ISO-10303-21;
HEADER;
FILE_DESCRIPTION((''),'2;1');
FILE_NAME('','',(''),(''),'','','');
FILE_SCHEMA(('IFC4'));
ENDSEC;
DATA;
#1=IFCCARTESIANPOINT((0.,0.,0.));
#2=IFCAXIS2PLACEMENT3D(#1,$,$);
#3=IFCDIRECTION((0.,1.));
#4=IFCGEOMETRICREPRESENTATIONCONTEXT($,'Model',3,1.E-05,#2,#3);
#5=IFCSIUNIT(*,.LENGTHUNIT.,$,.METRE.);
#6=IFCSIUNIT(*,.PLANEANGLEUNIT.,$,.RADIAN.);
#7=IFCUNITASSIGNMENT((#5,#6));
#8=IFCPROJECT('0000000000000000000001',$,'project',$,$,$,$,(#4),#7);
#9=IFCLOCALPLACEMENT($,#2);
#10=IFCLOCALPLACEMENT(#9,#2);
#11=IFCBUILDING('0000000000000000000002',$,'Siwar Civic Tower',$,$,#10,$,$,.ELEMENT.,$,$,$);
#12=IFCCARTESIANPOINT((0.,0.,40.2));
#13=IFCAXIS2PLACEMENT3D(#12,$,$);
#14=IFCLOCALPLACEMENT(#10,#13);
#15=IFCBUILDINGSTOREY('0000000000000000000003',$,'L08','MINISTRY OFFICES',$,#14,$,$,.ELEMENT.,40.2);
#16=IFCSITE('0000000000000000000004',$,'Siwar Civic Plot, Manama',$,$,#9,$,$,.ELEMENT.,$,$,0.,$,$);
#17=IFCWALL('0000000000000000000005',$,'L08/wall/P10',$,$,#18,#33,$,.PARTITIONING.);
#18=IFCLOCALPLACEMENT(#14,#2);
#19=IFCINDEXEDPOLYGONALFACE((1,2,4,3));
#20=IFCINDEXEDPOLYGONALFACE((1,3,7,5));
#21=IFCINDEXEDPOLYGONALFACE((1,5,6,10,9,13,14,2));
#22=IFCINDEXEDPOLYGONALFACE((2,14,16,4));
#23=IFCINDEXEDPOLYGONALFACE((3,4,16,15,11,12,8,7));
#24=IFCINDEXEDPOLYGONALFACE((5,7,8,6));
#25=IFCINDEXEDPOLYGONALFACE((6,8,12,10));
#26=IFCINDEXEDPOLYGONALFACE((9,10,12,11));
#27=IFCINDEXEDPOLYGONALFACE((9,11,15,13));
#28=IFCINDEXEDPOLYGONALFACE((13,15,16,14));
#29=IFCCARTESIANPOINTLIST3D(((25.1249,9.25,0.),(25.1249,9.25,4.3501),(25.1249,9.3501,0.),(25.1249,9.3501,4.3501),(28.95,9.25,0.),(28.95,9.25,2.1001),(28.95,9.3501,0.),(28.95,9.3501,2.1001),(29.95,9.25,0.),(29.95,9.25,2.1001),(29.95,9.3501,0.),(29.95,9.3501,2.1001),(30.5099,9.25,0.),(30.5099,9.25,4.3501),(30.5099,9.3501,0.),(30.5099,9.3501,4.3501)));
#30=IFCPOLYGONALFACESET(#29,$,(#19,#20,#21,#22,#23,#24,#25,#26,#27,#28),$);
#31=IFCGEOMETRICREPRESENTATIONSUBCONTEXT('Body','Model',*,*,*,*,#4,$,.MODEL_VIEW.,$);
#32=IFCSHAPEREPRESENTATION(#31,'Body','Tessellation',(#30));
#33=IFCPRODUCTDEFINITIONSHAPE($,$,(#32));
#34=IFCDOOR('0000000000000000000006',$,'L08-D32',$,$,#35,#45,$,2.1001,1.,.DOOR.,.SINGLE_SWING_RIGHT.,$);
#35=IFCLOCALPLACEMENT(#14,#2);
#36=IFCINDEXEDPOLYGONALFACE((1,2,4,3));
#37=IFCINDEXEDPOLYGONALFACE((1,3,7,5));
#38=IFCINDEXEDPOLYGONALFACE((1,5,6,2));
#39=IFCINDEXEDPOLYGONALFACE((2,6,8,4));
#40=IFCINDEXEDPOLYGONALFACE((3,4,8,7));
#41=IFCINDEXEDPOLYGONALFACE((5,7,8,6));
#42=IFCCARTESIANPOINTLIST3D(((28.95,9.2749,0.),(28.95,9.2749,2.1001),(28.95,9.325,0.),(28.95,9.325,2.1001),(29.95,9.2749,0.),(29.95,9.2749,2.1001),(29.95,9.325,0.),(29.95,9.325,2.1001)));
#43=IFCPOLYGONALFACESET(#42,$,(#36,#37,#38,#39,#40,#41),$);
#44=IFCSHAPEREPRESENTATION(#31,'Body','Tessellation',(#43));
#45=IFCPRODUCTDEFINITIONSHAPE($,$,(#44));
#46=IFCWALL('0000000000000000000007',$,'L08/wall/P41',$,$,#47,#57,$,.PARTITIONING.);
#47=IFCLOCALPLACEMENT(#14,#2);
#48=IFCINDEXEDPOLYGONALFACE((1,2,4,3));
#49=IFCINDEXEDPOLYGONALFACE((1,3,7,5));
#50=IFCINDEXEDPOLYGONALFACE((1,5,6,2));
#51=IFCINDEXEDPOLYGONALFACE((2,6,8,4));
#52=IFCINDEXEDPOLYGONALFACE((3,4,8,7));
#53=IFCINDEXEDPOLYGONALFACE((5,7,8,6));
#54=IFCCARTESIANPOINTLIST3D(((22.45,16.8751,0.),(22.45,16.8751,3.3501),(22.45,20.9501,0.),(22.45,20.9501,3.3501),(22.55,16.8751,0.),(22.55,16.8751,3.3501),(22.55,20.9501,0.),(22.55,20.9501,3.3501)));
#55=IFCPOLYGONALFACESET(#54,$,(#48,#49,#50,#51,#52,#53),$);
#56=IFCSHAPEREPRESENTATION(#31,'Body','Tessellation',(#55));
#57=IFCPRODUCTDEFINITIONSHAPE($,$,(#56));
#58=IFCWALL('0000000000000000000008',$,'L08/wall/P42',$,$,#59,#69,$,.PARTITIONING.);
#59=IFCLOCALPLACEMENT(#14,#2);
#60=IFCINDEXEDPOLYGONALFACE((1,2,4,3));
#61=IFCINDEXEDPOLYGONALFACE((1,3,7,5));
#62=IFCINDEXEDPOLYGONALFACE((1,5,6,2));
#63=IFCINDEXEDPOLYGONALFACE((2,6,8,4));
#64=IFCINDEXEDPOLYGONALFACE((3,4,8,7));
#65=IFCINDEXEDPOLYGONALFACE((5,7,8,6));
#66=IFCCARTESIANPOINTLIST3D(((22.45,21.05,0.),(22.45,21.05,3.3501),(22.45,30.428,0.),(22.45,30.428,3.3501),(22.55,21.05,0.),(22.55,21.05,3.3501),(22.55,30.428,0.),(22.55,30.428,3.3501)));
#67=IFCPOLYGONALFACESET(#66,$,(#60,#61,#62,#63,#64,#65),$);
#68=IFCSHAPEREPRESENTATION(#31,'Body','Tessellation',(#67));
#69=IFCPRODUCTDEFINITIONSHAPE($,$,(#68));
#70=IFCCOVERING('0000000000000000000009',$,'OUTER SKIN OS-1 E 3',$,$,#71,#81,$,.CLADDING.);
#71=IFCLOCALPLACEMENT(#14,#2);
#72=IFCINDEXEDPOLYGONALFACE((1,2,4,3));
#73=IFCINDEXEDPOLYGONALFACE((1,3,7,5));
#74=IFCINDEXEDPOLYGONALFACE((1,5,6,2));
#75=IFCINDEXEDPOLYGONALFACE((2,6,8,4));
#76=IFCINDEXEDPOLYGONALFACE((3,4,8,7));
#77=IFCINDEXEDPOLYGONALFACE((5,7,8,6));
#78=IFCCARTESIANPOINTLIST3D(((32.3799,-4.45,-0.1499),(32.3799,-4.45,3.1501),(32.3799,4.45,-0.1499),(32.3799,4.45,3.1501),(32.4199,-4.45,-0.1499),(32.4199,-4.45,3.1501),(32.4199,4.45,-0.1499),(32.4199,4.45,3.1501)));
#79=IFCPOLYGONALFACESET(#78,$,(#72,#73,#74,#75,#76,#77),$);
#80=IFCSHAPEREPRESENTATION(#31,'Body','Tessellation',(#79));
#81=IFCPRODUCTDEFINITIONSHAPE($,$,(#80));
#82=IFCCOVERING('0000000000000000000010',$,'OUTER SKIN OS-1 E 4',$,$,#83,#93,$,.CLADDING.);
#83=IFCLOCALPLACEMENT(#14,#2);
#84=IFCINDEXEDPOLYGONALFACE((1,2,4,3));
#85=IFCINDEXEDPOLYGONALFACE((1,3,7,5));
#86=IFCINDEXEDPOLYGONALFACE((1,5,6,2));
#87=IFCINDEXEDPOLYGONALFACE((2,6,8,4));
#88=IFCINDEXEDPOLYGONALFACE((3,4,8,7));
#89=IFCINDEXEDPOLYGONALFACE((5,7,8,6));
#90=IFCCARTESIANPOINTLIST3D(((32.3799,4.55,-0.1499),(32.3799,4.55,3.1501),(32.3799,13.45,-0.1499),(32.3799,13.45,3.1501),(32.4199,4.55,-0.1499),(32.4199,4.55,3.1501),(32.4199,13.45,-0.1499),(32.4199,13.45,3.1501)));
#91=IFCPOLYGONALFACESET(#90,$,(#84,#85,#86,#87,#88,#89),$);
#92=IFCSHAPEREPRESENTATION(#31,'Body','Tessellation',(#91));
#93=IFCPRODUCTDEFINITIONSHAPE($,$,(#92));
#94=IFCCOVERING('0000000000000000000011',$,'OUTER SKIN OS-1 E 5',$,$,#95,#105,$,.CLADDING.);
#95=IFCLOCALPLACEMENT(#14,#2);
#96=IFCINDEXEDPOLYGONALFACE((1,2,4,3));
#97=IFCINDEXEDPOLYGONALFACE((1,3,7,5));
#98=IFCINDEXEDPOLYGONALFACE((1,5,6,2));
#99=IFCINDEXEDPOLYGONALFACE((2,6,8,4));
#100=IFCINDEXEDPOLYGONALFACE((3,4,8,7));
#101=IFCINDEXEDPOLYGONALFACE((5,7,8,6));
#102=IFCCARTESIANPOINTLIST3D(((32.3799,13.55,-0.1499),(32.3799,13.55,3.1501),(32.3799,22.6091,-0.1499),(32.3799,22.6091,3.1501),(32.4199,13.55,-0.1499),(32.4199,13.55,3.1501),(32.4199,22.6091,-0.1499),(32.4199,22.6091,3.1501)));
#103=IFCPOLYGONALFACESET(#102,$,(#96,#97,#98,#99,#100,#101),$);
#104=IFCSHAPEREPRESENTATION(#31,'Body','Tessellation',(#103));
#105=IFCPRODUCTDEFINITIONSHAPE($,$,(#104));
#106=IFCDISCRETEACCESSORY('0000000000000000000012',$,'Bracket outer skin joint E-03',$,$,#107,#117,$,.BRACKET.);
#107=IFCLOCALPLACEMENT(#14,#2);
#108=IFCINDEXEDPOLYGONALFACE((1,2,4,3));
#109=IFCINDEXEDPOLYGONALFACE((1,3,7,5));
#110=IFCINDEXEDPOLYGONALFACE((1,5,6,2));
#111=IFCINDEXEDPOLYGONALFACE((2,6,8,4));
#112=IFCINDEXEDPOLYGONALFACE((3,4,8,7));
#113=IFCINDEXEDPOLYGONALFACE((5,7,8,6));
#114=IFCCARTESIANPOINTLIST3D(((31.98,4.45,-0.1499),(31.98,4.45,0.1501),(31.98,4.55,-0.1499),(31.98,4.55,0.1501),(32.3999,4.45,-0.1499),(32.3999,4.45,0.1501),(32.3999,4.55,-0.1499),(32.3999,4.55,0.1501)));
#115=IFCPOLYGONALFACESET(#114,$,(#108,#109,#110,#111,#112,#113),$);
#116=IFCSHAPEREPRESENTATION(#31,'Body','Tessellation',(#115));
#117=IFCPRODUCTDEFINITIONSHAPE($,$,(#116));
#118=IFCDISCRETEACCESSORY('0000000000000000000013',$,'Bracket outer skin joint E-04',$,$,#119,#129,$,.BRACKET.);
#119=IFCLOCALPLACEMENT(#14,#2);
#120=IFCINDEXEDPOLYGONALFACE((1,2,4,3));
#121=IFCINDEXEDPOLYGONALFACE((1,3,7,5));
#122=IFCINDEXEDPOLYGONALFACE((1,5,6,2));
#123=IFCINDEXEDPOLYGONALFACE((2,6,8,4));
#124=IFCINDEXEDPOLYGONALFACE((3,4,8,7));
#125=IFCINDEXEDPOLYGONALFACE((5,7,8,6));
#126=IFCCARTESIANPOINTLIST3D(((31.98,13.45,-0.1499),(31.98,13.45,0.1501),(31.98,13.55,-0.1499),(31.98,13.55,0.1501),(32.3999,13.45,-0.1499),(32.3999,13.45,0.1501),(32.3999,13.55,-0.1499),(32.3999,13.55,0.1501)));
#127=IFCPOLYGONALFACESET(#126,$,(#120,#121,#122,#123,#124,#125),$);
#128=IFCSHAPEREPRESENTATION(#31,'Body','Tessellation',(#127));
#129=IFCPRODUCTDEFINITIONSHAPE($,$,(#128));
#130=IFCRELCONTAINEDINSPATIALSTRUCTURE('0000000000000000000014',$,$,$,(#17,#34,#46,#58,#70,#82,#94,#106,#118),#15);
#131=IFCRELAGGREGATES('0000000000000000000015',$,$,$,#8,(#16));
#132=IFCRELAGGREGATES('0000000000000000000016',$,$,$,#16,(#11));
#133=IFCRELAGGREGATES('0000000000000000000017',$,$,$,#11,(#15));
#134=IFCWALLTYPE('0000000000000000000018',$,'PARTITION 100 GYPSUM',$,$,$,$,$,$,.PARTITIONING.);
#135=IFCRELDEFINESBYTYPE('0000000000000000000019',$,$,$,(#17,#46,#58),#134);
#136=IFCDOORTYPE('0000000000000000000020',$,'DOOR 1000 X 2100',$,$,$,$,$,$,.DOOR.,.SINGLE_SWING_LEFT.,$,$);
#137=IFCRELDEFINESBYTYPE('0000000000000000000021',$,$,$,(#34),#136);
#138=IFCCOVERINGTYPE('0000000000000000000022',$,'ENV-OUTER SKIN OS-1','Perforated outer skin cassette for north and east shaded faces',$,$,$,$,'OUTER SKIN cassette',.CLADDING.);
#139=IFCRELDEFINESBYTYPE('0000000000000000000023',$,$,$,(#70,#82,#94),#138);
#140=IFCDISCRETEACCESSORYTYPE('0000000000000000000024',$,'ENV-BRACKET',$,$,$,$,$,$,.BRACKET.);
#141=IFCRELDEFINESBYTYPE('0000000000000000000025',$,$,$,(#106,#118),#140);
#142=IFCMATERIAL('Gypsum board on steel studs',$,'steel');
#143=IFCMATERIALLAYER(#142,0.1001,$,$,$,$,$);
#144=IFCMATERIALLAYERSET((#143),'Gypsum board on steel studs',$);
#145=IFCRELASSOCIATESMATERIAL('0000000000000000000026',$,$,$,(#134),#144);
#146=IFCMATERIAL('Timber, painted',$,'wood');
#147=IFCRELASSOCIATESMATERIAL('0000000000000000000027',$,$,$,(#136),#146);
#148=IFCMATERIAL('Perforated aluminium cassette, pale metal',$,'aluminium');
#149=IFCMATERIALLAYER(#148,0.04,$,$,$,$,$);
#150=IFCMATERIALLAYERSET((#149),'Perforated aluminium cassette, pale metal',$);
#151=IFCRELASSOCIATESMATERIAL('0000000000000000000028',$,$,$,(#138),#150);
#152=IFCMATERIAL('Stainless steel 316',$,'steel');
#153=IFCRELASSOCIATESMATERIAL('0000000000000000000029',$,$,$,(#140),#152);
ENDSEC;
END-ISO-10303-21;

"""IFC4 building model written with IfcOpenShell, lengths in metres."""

from ifc_helpers import new_model, si_unit, direction, frame, frame_2d, origin, origin_2d, place, context, subcontext, project, spatial, rectangle, extrude, material, layer, layer_set, type_object, element, fill, save


model = new_model("IFC4")

# Units and contexts
model_context = context("Model", 3, precision=1e-05, world=origin(), true_north=direction((0.0, 1.0)))
body_context = subcontext(model_context, "Body", "Model", "MODEL_VIEW")
ifc_project = project(units=[si_unit("LENGTHUNIT", "METRE"), si_unit("PLANEANGLEUNIT", "RADIAN")], contexts=[model_context])

# Site, building, storey
site_placement = place(None, origin())
site = spatial("IfcSite", under=ifc_project, at=site_placement, Name="Siwar Civic Plot, Manama", CompositionType="ELEMENT", RefElevation=0.0)
building_placement = place(site_placement, origin())
building = spatial("IfcBuilding", under=site, at=building_placement, Name="Siwar Civic Tower", CompositionType="ELEMENT")
storey_placement = place(building_placement, frame((0.0, 0.0, 40.2)))
storey = spatial("IfcBuildingStorey", under=building, at=storey_placement, Name="L08", Description="MINISTRY OFFICES", CompositionType="ELEMENT", Elevation=40.2)

# Wall, opening, door
ifc_material_1 = material(Name="Gypsum board on steel studs", Category="steel")
ifc_layer_1 = layer(ifc_material_1, 0.1001)
ifc_layer_set_1 = layer_set([ifc_layer_1], Name="Gypsum board on steel studs")
wall_type_1 = type_object("IfcWallType", Name="PARTITION 100 GYPSUM", PredefinedType="PARTITIONING", material=ifc_layer_set_1)
wall_1_placement = place(storey_placement, frame((25.125, 9.3, 0.0), z_axis=(0.0, 0.0, 1.0), x_axis=(1.0, 0.0, 0.0)))
wall_1 = element("IfcWall", 1, at=wall_1_placement, inside=storey, type_object=wall_type_1, Name="L08/wall/P10", PredefinedType="PARTITIONING", context=body_context, shape_type="SweptSolid", body=[
    extrude(rectangle(XDim=5.385, YDim=0.1001, at=frame_2d((2.6924, 0.0))), origin(), (0.0, 0.0, 1.0), 4.3501),
])
opening_1_placement = place(wall_1_placement, frame((3.825, 0.0, 0.0)))
opening_1 = element("IfcOpeningElement", 2, at=opening_1_placement, cuts=wall_1, PredefinedType="OPENING", context=body_context, shape_type="SweptSolid", body=[
    extrude(rectangle(XDim=1.0, YDim=2.1001, at=frame_2d((0.5, 1.05))), frame((0.0, 0.0601, 0.0), z_axis=(0.0, -1.0, 0.0), x_axis=(1.0, 0.0, 0.0)), (0.0, 0.0, 1.0), 0.1201),
])
ifc_material_2 = material(Name="Timber, painted", Category="wood")
door_type_1 = type_object("IfcDoorType", Name="DOOR 1000 X 2100", OperationType="SINGLE_SWING_LEFT", PredefinedType="DOOR", material=ifc_material_2)
door_1_placement = place(opening_1_placement, origin())
door_1 = element("IfcDoor", 3, at=door_1_placement, inside=storey, type_object=door_type_1, Name="L08-D32", OperationType="SINGLE_SWING_RIGHT", OverallHeight=2.1001, OverallWidth=1.0, PredefinedType="DOOR", context=body_context, shape_type="SweptSolid", body=[
    extrude(rectangle(XDim=1.0, YDim=2.1001, at=frame_2d((0.5, 1.05))), frame((0.0, 0.0249, 0.0), z_axis=(0.0, -1.0, 0.0), x_axis=(1.0, 0.0, 0.0)), (0.0, 0.0, 1.0), 0.05),
])
fill(opening_1, door_1)

# Walls
wall_2_placement = place(storey_placement, frame((22.5, 16.875, 0.0), z_axis=(0.0, 0.0, 1.0), x_axis=(0.0, 1.0, 0.0)))
element("IfcWall", 4, at=wall_2_placement, inside=storey, type_object=wall_type_1, Name="L08/wall/P41", PredefinedType="PARTITIONING", context=body_context, shape_type="SweptSolid", body=[
    extrude(rectangle(XDim=4.075, YDim=0.1001, at=frame_2d((2.0376, 0.0))), origin(), (0.0, 0.0, 1.0), 3.3501),
])
wall_3_placement = place(storey_placement, frame((22.5, 21.05, 0.0), z_axis=(0.0, 0.0, 1.0), x_axis=(0.0, 1.0, 0.0)))
element("IfcWall", 5, at=wall_3_placement, inside=storey, type_object=wall_type_1, Name="L08/wall/P42", PredefinedType="PARTITIONING", context=body_context, shape_type="SweptSolid", body=[
    extrude(rectangle(XDim=9.3779, YDim=0.1001, at=frame_2d((4.689, 0.0))), origin(), (0.0, 0.0, 1.0), 3.3501),
])

# Coverings
ifc_material_3 = material(Name="Perforated aluminium cassette, pale metal", Category="aluminium")
ifc_layer_2 = layer(ifc_material_3, 0.04)
ifc_layer_set_2 = layer_set([ifc_layer_2], Name="Perforated aluminium cassette, pale metal")
covering_type = type_object("IfcCoveringType", Name="ENV-OUTER SKIN OS-1", Description="Perforated outer skin cassette for north and east shaded faces", ElementType="OUTER SKIN cassette", PredefinedType="CLADDING", material=ifc_layer_set_2)
for number, where, z_axis, x_axis, name in (
    (6, (32.3999, 0.0, -0.1499), (0.0, 0.0, 1.0), (0.0, 1.0, 0.0), "OUTER SKIN OS-1 E 3"),
    (7, (32.3999, 9.0, -0.1499), (0.0, 0.0, 1.0), (0.0, 1.0, 0.0), "OUTER SKIN OS-1 E 4"),
):
    element("IfcCovering", number, at=place(storey_placement, frame(where, z_axis=z_axis, x_axis=x_axis)), inside=storey, type_object=covering_type, Name=name, PredefinedType="CLADDING", context=body_context, shape_type="SweptSolid", body=[
        extrude(rectangle(XDim=8.8999, YDim=0.04, at=origin_2d()), origin(), (0.0, 0.0, 1.0), 3.3),
    ])
covering_placement = place(storey_placement, frame((32.3999, 18.0796, -0.1499), z_axis=(0.0, 0.0, 1.0), x_axis=(0.0, 1.0, 0.0)))
element("IfcCovering", 8, at=covering_placement, inside=storey, type_object=covering_type, Name="OUTER SKIN OS-1 E 5", PredefinedType="CLADDING", context=body_context, shape_type="SweptSolid", body=[
    extrude(rectangle(XDim=9.0591, YDim=0.04, at=origin_2d()), origin(), (0.0, 0.0, 1.0), 3.3),
])

# Discrete accessories
ifc_material_4 = material(Name="Stainless steel 316", Category="steel")
discrete_accessory_type = type_object("IfcDiscreteAccessoryType", Name="ENV-BRACKET", PredefinedType="BRACKET", material=ifc_material_4)
for number, where, z_axis, x_axis, name in (
    (9, (32.1899, 4.5, -0.1499), (0.0, 0.0, 1.0), (1.0, 0.0, 0.0), "Bracket outer skin joint E-03"),
    (10, (32.1899, 13.5, -0.1499), (0.0, 0.0, 1.0), (1.0, 0.0, 0.0), "Bracket outer skin joint E-04"),
):
    element("IfcDiscreteAccessory", number, at=place(storey_placement, frame(where, z_axis=z_axis, x_axis=x_axis)), inside=storey, type_object=discrete_accessory_type, Name=name, PredefinedType="BRACKET", context=body_context, shape_type="SweptSolid", body=[
        extrude(rectangle(XDim=0.4199, YDim=0.1001, at=origin_2d()), origin(), (0.0, 0.0, 1.0), 0.3),
    ])

save(model, "model.ifc")
